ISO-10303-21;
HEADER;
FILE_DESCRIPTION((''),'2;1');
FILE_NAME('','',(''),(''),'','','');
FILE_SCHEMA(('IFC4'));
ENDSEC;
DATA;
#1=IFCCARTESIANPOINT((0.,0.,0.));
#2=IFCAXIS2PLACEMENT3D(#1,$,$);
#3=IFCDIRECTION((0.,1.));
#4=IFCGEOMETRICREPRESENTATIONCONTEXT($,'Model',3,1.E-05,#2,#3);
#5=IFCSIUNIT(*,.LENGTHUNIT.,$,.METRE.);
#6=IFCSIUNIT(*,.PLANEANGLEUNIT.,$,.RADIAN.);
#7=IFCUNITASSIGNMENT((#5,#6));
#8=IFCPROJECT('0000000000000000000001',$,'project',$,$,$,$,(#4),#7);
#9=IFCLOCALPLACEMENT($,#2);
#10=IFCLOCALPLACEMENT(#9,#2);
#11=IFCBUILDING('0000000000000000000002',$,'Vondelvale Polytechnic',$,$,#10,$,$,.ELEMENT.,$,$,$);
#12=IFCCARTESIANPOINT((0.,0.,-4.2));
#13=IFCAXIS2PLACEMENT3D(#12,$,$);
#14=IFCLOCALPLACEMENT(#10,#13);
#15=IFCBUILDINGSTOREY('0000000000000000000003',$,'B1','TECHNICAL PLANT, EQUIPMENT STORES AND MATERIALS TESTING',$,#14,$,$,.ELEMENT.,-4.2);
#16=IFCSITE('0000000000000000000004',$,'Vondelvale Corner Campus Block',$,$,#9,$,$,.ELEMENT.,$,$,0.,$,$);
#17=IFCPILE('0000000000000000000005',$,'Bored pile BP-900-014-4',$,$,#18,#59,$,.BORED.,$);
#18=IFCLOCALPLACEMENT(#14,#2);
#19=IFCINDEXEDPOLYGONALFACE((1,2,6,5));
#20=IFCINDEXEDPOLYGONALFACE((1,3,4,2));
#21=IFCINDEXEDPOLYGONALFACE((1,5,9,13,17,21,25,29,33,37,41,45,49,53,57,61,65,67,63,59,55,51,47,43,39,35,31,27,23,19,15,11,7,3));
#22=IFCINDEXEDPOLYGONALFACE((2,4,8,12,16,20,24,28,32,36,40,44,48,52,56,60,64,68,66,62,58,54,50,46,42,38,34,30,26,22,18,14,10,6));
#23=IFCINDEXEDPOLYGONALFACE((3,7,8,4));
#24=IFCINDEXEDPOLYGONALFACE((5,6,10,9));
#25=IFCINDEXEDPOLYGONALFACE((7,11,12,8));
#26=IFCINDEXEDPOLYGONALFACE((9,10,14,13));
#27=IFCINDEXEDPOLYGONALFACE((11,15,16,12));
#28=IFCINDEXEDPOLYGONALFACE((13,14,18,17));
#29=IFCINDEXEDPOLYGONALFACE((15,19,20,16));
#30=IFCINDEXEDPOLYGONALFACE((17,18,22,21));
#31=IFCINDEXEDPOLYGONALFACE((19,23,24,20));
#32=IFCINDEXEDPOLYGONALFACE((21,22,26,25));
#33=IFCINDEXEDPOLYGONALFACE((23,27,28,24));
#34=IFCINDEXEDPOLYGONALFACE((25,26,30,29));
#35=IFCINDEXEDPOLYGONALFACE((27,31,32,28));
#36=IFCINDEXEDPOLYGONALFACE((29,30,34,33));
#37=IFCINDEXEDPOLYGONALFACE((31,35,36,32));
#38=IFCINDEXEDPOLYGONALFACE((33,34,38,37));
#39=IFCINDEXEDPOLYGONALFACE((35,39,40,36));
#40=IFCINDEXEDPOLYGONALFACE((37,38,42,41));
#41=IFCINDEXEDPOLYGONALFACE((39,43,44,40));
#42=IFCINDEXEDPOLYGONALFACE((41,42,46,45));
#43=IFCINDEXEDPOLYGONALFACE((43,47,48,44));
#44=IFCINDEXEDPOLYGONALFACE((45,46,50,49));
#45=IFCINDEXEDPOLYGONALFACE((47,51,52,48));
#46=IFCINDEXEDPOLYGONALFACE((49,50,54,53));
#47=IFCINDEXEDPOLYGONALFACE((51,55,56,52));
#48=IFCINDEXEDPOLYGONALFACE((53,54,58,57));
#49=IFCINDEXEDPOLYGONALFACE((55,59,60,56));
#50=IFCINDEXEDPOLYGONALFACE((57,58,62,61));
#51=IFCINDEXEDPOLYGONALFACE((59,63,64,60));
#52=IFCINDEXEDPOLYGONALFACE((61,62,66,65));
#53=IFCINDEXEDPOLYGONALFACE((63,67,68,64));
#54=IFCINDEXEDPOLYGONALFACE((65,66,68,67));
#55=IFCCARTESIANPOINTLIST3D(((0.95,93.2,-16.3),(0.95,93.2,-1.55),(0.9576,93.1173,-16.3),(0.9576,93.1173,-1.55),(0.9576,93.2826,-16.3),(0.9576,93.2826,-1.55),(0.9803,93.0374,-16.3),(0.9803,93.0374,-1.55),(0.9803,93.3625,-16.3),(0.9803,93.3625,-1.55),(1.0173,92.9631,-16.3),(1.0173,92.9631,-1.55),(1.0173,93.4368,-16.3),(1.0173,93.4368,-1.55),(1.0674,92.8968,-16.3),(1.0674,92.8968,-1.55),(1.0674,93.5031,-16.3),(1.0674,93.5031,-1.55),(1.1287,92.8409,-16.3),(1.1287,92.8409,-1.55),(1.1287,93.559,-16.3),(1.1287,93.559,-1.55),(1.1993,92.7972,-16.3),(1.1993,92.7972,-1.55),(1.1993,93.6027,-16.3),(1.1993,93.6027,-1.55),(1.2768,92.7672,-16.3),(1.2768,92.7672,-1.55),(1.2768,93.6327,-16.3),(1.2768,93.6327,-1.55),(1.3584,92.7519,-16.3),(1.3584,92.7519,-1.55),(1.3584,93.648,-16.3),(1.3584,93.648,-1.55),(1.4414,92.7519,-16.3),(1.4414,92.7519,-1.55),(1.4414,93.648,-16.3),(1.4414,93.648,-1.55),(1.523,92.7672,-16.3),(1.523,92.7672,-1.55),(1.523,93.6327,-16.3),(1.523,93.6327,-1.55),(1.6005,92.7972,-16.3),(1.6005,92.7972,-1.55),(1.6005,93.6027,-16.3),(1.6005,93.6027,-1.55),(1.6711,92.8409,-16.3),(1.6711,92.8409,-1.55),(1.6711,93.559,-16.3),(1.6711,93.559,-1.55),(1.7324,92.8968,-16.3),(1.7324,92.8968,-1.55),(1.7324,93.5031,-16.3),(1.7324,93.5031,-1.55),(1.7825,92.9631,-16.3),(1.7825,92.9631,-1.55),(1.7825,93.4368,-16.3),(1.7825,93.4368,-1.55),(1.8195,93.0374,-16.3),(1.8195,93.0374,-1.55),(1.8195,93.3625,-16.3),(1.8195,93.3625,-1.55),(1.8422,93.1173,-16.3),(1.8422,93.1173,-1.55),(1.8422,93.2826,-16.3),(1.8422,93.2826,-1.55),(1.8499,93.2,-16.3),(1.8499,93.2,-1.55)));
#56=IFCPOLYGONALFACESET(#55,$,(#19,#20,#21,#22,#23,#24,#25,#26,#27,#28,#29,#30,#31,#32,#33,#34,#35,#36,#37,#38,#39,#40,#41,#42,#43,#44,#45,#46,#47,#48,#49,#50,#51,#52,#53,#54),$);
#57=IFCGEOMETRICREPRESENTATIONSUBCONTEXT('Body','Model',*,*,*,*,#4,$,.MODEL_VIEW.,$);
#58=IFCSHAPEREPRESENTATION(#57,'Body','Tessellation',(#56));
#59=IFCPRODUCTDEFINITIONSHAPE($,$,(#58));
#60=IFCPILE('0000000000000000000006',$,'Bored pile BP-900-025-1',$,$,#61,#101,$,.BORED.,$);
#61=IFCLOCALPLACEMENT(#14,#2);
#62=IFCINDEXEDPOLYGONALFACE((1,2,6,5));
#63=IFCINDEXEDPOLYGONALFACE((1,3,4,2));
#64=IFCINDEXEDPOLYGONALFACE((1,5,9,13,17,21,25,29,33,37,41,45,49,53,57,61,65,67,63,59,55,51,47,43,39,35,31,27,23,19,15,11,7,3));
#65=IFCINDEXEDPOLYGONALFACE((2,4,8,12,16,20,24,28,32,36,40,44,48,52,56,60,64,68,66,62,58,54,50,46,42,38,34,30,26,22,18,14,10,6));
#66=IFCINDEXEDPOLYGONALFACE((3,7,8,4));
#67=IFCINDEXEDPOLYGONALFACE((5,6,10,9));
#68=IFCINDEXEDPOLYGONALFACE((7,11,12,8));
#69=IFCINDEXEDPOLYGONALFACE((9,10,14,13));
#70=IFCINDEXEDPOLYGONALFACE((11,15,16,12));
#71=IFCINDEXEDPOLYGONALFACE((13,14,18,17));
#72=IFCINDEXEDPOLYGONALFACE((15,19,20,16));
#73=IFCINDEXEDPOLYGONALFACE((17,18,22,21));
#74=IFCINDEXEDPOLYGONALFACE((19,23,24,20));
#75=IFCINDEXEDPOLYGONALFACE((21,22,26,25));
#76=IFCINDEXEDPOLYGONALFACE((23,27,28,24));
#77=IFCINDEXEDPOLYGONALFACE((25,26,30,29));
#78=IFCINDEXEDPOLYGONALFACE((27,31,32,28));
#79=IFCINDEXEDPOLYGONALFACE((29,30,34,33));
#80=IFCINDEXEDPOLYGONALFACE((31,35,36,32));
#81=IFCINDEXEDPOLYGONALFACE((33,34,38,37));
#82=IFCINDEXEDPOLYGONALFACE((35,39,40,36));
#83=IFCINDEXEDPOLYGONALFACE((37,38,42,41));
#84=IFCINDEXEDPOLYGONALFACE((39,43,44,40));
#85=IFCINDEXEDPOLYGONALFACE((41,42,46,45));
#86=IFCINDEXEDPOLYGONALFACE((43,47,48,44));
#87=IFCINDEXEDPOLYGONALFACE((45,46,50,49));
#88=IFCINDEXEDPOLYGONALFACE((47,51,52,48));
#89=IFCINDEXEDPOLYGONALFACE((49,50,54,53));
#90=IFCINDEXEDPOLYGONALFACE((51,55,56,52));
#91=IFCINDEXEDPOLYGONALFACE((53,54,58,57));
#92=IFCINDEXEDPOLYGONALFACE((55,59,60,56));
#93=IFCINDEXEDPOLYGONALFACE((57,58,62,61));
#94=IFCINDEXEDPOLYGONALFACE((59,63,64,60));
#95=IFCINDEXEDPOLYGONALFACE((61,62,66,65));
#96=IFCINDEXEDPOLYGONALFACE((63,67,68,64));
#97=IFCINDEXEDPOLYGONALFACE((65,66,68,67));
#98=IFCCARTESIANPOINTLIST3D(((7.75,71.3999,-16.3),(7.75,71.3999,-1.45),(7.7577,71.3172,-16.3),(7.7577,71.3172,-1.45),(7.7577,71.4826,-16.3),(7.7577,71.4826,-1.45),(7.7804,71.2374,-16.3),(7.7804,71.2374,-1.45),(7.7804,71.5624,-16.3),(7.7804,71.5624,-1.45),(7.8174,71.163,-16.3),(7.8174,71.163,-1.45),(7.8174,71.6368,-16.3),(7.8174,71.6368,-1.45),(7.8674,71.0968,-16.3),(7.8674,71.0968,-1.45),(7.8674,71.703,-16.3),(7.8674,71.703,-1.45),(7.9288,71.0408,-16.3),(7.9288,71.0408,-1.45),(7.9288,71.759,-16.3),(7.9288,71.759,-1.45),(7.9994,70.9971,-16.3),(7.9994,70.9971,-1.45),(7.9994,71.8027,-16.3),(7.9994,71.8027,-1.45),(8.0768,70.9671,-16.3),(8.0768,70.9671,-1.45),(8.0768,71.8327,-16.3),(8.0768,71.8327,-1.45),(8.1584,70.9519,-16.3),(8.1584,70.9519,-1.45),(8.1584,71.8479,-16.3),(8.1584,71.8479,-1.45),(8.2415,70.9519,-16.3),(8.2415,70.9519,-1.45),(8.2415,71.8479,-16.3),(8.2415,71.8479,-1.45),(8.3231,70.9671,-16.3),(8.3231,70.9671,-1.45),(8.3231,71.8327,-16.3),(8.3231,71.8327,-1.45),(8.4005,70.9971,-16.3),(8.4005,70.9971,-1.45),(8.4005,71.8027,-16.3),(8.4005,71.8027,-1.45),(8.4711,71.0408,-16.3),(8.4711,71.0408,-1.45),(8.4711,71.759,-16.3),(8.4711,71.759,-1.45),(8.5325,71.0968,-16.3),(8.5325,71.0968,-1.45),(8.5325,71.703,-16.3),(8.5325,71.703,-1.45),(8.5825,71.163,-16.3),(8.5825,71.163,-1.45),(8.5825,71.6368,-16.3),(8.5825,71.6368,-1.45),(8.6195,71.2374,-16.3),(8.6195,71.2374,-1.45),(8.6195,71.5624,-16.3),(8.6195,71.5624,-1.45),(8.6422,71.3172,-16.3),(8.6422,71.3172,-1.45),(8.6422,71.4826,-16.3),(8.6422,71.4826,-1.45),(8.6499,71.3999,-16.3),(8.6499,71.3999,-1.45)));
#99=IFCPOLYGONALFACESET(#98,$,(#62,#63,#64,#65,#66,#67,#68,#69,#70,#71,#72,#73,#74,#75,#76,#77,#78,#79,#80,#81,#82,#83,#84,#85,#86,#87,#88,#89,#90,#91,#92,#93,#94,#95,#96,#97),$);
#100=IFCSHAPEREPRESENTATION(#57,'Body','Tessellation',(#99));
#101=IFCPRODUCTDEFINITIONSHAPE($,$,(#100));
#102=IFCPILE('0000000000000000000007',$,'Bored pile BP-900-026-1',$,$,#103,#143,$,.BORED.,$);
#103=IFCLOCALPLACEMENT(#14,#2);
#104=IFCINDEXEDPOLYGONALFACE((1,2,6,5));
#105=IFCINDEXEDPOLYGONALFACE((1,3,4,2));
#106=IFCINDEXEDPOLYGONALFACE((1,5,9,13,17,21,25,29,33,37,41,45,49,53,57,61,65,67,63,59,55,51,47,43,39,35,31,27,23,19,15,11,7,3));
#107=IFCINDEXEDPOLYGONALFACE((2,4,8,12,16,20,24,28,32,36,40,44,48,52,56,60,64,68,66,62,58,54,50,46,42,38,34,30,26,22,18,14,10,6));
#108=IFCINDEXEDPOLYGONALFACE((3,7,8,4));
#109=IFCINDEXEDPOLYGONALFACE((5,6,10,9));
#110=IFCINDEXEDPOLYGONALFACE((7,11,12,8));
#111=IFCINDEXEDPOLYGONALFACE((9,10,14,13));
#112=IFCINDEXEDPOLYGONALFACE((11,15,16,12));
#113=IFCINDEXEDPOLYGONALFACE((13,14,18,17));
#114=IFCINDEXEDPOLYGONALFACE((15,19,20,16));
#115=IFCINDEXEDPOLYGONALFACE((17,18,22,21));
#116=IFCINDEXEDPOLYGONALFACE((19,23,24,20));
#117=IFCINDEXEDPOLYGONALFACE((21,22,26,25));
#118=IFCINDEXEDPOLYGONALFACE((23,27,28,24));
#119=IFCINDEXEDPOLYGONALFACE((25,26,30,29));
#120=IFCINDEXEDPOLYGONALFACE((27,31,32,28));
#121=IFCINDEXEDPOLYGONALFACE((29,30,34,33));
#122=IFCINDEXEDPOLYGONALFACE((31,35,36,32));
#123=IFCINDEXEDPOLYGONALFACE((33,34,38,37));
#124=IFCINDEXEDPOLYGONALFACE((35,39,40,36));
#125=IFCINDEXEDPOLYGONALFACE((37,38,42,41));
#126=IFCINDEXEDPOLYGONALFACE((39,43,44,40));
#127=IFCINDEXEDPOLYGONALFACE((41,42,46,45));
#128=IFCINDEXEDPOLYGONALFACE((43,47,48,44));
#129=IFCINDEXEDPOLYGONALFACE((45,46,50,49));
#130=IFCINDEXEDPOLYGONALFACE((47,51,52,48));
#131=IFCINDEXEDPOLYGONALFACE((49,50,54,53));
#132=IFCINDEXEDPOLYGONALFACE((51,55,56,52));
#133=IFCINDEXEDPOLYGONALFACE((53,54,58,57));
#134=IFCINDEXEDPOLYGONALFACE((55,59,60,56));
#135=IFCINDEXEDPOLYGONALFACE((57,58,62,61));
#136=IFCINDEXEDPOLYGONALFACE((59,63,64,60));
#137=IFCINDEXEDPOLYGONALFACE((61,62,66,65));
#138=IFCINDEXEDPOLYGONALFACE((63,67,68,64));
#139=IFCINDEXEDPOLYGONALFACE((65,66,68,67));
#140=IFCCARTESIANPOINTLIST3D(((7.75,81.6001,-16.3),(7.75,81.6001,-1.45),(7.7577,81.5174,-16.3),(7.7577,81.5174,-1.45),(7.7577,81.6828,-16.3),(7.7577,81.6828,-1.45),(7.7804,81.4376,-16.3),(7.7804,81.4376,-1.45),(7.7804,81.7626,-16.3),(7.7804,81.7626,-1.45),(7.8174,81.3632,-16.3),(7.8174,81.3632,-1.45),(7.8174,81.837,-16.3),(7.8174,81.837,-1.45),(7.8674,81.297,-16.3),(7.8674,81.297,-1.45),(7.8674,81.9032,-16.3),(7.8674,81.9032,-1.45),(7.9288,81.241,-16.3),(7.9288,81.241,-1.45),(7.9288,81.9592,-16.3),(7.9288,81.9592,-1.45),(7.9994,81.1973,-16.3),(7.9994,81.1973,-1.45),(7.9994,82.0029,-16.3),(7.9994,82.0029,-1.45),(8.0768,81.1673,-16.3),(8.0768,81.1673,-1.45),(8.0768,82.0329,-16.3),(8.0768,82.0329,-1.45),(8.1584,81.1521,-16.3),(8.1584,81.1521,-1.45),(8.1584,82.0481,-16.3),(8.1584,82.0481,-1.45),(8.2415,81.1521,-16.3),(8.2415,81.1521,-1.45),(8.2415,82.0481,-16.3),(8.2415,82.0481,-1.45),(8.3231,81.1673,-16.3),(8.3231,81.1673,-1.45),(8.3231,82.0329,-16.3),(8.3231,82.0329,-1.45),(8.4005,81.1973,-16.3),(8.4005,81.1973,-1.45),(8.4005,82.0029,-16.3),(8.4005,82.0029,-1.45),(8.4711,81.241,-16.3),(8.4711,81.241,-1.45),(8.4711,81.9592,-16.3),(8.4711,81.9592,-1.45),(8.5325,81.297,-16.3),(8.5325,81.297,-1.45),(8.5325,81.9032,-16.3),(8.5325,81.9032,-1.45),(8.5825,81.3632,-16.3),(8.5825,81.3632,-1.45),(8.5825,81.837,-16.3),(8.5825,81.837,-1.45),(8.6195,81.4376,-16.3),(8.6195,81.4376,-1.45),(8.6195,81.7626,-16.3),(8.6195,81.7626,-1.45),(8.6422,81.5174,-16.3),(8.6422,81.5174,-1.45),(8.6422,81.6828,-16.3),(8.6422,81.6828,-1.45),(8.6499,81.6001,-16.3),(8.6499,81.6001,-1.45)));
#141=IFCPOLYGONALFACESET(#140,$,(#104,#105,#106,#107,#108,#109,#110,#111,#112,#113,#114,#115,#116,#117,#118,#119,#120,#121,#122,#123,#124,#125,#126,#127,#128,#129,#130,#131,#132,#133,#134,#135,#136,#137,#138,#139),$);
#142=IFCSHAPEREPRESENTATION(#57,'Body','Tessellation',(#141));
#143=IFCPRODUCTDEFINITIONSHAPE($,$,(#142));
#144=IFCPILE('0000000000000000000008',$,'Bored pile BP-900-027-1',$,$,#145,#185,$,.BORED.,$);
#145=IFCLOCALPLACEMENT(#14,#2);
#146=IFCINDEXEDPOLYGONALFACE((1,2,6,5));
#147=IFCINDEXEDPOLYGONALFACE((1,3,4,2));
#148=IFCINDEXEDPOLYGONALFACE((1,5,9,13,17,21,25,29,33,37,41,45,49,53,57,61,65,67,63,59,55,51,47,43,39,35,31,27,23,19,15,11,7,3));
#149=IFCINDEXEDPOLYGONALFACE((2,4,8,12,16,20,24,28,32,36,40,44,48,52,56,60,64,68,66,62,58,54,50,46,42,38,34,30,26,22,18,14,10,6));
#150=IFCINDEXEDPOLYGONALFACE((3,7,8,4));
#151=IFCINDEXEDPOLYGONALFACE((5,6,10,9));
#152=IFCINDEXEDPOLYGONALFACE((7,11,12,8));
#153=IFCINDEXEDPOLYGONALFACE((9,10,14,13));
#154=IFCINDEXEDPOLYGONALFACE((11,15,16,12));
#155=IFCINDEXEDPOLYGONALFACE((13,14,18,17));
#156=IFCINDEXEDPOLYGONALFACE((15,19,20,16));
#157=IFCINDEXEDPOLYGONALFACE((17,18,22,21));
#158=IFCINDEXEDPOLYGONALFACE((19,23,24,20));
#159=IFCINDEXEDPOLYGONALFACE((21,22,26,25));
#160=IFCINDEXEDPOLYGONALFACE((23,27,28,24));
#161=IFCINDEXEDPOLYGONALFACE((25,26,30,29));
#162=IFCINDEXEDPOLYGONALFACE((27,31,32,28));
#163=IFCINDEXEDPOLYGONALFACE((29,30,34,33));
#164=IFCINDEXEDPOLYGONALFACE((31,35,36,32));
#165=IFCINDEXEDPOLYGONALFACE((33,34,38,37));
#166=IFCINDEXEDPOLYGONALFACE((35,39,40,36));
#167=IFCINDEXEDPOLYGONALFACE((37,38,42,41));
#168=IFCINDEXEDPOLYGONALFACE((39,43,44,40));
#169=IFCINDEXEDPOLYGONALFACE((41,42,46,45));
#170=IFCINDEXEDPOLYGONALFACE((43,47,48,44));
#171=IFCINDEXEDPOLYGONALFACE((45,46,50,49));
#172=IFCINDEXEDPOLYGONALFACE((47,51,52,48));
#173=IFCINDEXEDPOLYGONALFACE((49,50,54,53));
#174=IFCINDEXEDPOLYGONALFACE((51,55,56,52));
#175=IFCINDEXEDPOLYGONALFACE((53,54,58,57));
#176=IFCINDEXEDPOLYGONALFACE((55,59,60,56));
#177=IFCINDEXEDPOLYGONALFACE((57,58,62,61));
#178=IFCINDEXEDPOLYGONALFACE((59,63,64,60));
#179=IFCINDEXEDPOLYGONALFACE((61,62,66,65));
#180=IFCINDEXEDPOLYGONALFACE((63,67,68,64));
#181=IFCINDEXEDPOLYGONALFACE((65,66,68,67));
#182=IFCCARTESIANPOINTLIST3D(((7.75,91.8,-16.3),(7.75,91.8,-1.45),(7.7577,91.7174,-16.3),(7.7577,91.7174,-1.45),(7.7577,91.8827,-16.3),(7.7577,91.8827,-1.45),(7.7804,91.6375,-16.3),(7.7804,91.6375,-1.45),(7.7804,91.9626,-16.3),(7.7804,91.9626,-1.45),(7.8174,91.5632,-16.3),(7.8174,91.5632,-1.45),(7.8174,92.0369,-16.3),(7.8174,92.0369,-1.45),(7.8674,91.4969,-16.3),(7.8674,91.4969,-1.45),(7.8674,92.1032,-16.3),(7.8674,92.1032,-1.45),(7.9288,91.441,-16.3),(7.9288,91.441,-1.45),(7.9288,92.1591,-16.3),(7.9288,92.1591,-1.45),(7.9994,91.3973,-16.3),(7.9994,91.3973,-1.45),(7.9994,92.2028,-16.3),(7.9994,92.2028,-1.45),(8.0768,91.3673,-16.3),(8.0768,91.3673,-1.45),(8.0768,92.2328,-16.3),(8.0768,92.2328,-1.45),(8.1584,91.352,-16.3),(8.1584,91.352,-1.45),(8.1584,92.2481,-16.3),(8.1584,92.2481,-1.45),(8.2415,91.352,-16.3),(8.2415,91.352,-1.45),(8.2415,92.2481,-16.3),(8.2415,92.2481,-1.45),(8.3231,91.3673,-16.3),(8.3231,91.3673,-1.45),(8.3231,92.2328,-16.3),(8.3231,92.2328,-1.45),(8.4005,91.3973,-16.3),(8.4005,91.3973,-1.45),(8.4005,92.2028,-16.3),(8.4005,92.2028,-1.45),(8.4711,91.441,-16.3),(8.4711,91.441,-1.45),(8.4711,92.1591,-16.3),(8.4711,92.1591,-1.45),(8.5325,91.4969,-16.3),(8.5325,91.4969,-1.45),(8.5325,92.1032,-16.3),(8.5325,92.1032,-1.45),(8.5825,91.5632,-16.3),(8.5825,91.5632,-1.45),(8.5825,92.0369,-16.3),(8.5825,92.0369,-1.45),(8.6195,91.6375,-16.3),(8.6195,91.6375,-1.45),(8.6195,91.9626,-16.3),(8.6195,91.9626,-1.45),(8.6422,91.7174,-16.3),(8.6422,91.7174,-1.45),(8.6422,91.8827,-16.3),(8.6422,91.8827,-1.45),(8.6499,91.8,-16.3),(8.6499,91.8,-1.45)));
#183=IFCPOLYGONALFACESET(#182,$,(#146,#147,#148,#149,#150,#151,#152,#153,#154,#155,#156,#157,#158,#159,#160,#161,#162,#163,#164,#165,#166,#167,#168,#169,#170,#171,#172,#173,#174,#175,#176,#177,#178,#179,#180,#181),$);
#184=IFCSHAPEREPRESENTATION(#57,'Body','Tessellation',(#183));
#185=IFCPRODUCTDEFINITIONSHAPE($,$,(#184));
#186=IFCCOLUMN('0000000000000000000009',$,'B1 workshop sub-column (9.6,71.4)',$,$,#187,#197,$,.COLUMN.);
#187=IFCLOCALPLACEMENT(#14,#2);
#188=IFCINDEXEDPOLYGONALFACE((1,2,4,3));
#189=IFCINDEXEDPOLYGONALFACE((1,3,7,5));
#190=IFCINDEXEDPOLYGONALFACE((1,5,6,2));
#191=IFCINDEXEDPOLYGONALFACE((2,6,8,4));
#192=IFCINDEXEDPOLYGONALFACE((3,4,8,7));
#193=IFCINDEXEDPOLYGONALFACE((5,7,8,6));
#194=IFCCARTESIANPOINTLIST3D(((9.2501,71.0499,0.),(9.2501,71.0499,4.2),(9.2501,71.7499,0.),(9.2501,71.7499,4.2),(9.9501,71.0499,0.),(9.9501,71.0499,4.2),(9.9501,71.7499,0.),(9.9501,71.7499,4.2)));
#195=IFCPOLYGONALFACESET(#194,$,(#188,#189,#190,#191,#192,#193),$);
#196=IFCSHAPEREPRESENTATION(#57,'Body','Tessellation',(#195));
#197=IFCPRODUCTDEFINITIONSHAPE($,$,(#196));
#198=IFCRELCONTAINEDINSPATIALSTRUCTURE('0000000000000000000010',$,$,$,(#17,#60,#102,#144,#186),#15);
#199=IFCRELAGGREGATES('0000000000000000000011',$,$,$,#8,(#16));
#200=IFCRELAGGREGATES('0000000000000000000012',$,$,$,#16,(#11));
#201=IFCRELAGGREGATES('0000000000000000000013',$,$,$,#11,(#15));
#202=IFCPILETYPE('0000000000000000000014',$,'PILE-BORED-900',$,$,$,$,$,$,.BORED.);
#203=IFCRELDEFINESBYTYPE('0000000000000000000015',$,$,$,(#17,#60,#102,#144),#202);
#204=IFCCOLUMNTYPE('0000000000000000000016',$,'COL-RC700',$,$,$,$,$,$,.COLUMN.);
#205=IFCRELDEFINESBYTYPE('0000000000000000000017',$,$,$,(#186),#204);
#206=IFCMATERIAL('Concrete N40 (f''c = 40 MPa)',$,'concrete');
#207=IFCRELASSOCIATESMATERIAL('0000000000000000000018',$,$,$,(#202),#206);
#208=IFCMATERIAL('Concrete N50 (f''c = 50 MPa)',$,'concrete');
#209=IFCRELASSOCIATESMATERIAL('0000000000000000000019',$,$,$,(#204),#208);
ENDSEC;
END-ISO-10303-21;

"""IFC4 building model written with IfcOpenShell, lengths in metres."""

from ifc_helpers import new_model, si_unit, direction, frame, origin, origin_2d, place, context, subcontext, project, spatial, rectangle, circle, extrude, material, material_profile, profile_set, type_object, element, save


model = new_model("IFC4")

# Units and contexts
model_context = context("Model", 3, precision=1e-05, world=origin(), true_north=direction((0.0, 1.0)))
body_context = subcontext(model_context, "Body", "Model", "MODEL_VIEW")
ifc_project = project(units=[si_unit("LENGTHUNIT", "METRE"), si_unit("PLANEANGLEUNIT", "RADIAN")], contexts=[model_context])

# Site, building, storey
site_placement = place(None, origin())
site = spatial("IfcSite", under=ifc_project, at=site_placement, Name="Vondelvale Corner Campus Block", CompositionType="ELEMENT", RefElevation=0.0)
building_placement = place(site_placement, origin())
building = spatial("IfcBuilding", under=site, at=building_placement, Name="Vondelvale Polytechnic", CompositionType="ELEMENT")
storey_placement = place(building_placement, frame((0.0, 0.0, -4.2)))
storey = spatial("IfcBuildingStorey", under=building, at=storey_placement, Name="B1", Description="TECHNICAL PLANT, EQUIPMENT STORES AND MATERIALS TESTING", CompositionType="ELEMENT", Elevation=-4.2)

# Shared definitions
ifc_material_1 = material(Name="Concrete N40 (f'c = 40 MPa)", Category="concrete")

# Piles
ifc_material_profile_1 = material_profile(ifc_material_1, circle(Radius=0.45, at=origin_2d()), Name="PILE-D900")
ifc_profile_set_1 = profile_set([ifc_material_profile_1], Name="Concrete N40 (f'c = 40 MPa)")
pile_type_1 = type_object("IfcPileType", Name="PILE-BORED-900", PredefinedType="BORED", material=ifc_profile_set_1)
for number, where, z_axis, x_axis, name in (
    (1, (1.3999, 93.2, -1.55), (0.0, 0.0, -1.0), (1.0, 0.0, 0.0), "Bored pile BP-900-014-4"),
):
    element("IfcPile", number, at=place(storey_placement, frame(where, z_axis=z_axis, x_axis=x_axis)), inside=storey, type_object=pile_type_1, Name=name, PredefinedType="BORED", context=body_context, shape_type="SweptSolid", body=[
        extrude(circle(Radius=0.45, at=origin_2d()), origin(), (0.0, 0.0, 1.0), 14.75),
    ])
for number, where, z_axis, x_axis, name in (
    (2, (8.2, 71.3999, -1.45), (0.0, 0.0, -1.0), (1.0, 0.0, 0.0), "Bored pile BP-900-025-1"),
    (3, (8.2, 81.6001, -1.45), (0.0, 0.0, -1.0), (1.0, 0.0, 0.0), "Bored pile BP-900-026-1"),
    (4, (8.2, 91.8, -1.45), (0.0, 0.0, -1.0), (1.0, 0.0, 0.0), "Bored pile BP-900-027-1"),
):
    element("IfcPile", number, at=place(storey_placement, frame(where, z_axis=z_axis, x_axis=x_axis)), inside=storey, type_object=pile_type_1, Name=name, PredefinedType="BORED", context=body_context, shape_type="SweptSolid", body=[
        extrude(circle(Radius=0.45, at=origin_2d()), origin(), (0.0, 0.0, 1.0), 14.8501),
    ])

# Column
ifc_material_2 = material(Name="Concrete N50 (f'c = 50 MPa)", Category="concrete")
ifc_material_profile_2 = material_profile(ifc_material_2, rectangle(XDim=0.7, YDim=0.7, at=origin_2d()), Name="RC-COL-700x700")
ifc_profile_set_2 = profile_set([ifc_material_profile_2], Name="Concrete N50 (f'c = 50 MPa)")
column_type_1 = type_object("IfcColumnType", Name="COL-RC700", PredefinedType="COLUMN", material=ifc_profile_set_2)
column_placement = place(storey_placement, frame((9.6001, 71.3999, 0.0), z_axis=(0.0, 0.0, 1.0), x_axis=(1.0, 0.0, 0.0)))
element("IfcColumn", 5, at=column_placement, inside=storey, type_object=column_type_1, Name="B1 workshop sub-column (9.6,71.4)", PredefinedType="COLUMN", context=body_context, shape_type="SweptSolid", body=[
    extrude(rectangle(XDim=0.7, YDim=0.7, at=origin_2d()), origin(), (0.0, 0.0, 1.0), 4.2),
])

save(model, "model.ifc")
